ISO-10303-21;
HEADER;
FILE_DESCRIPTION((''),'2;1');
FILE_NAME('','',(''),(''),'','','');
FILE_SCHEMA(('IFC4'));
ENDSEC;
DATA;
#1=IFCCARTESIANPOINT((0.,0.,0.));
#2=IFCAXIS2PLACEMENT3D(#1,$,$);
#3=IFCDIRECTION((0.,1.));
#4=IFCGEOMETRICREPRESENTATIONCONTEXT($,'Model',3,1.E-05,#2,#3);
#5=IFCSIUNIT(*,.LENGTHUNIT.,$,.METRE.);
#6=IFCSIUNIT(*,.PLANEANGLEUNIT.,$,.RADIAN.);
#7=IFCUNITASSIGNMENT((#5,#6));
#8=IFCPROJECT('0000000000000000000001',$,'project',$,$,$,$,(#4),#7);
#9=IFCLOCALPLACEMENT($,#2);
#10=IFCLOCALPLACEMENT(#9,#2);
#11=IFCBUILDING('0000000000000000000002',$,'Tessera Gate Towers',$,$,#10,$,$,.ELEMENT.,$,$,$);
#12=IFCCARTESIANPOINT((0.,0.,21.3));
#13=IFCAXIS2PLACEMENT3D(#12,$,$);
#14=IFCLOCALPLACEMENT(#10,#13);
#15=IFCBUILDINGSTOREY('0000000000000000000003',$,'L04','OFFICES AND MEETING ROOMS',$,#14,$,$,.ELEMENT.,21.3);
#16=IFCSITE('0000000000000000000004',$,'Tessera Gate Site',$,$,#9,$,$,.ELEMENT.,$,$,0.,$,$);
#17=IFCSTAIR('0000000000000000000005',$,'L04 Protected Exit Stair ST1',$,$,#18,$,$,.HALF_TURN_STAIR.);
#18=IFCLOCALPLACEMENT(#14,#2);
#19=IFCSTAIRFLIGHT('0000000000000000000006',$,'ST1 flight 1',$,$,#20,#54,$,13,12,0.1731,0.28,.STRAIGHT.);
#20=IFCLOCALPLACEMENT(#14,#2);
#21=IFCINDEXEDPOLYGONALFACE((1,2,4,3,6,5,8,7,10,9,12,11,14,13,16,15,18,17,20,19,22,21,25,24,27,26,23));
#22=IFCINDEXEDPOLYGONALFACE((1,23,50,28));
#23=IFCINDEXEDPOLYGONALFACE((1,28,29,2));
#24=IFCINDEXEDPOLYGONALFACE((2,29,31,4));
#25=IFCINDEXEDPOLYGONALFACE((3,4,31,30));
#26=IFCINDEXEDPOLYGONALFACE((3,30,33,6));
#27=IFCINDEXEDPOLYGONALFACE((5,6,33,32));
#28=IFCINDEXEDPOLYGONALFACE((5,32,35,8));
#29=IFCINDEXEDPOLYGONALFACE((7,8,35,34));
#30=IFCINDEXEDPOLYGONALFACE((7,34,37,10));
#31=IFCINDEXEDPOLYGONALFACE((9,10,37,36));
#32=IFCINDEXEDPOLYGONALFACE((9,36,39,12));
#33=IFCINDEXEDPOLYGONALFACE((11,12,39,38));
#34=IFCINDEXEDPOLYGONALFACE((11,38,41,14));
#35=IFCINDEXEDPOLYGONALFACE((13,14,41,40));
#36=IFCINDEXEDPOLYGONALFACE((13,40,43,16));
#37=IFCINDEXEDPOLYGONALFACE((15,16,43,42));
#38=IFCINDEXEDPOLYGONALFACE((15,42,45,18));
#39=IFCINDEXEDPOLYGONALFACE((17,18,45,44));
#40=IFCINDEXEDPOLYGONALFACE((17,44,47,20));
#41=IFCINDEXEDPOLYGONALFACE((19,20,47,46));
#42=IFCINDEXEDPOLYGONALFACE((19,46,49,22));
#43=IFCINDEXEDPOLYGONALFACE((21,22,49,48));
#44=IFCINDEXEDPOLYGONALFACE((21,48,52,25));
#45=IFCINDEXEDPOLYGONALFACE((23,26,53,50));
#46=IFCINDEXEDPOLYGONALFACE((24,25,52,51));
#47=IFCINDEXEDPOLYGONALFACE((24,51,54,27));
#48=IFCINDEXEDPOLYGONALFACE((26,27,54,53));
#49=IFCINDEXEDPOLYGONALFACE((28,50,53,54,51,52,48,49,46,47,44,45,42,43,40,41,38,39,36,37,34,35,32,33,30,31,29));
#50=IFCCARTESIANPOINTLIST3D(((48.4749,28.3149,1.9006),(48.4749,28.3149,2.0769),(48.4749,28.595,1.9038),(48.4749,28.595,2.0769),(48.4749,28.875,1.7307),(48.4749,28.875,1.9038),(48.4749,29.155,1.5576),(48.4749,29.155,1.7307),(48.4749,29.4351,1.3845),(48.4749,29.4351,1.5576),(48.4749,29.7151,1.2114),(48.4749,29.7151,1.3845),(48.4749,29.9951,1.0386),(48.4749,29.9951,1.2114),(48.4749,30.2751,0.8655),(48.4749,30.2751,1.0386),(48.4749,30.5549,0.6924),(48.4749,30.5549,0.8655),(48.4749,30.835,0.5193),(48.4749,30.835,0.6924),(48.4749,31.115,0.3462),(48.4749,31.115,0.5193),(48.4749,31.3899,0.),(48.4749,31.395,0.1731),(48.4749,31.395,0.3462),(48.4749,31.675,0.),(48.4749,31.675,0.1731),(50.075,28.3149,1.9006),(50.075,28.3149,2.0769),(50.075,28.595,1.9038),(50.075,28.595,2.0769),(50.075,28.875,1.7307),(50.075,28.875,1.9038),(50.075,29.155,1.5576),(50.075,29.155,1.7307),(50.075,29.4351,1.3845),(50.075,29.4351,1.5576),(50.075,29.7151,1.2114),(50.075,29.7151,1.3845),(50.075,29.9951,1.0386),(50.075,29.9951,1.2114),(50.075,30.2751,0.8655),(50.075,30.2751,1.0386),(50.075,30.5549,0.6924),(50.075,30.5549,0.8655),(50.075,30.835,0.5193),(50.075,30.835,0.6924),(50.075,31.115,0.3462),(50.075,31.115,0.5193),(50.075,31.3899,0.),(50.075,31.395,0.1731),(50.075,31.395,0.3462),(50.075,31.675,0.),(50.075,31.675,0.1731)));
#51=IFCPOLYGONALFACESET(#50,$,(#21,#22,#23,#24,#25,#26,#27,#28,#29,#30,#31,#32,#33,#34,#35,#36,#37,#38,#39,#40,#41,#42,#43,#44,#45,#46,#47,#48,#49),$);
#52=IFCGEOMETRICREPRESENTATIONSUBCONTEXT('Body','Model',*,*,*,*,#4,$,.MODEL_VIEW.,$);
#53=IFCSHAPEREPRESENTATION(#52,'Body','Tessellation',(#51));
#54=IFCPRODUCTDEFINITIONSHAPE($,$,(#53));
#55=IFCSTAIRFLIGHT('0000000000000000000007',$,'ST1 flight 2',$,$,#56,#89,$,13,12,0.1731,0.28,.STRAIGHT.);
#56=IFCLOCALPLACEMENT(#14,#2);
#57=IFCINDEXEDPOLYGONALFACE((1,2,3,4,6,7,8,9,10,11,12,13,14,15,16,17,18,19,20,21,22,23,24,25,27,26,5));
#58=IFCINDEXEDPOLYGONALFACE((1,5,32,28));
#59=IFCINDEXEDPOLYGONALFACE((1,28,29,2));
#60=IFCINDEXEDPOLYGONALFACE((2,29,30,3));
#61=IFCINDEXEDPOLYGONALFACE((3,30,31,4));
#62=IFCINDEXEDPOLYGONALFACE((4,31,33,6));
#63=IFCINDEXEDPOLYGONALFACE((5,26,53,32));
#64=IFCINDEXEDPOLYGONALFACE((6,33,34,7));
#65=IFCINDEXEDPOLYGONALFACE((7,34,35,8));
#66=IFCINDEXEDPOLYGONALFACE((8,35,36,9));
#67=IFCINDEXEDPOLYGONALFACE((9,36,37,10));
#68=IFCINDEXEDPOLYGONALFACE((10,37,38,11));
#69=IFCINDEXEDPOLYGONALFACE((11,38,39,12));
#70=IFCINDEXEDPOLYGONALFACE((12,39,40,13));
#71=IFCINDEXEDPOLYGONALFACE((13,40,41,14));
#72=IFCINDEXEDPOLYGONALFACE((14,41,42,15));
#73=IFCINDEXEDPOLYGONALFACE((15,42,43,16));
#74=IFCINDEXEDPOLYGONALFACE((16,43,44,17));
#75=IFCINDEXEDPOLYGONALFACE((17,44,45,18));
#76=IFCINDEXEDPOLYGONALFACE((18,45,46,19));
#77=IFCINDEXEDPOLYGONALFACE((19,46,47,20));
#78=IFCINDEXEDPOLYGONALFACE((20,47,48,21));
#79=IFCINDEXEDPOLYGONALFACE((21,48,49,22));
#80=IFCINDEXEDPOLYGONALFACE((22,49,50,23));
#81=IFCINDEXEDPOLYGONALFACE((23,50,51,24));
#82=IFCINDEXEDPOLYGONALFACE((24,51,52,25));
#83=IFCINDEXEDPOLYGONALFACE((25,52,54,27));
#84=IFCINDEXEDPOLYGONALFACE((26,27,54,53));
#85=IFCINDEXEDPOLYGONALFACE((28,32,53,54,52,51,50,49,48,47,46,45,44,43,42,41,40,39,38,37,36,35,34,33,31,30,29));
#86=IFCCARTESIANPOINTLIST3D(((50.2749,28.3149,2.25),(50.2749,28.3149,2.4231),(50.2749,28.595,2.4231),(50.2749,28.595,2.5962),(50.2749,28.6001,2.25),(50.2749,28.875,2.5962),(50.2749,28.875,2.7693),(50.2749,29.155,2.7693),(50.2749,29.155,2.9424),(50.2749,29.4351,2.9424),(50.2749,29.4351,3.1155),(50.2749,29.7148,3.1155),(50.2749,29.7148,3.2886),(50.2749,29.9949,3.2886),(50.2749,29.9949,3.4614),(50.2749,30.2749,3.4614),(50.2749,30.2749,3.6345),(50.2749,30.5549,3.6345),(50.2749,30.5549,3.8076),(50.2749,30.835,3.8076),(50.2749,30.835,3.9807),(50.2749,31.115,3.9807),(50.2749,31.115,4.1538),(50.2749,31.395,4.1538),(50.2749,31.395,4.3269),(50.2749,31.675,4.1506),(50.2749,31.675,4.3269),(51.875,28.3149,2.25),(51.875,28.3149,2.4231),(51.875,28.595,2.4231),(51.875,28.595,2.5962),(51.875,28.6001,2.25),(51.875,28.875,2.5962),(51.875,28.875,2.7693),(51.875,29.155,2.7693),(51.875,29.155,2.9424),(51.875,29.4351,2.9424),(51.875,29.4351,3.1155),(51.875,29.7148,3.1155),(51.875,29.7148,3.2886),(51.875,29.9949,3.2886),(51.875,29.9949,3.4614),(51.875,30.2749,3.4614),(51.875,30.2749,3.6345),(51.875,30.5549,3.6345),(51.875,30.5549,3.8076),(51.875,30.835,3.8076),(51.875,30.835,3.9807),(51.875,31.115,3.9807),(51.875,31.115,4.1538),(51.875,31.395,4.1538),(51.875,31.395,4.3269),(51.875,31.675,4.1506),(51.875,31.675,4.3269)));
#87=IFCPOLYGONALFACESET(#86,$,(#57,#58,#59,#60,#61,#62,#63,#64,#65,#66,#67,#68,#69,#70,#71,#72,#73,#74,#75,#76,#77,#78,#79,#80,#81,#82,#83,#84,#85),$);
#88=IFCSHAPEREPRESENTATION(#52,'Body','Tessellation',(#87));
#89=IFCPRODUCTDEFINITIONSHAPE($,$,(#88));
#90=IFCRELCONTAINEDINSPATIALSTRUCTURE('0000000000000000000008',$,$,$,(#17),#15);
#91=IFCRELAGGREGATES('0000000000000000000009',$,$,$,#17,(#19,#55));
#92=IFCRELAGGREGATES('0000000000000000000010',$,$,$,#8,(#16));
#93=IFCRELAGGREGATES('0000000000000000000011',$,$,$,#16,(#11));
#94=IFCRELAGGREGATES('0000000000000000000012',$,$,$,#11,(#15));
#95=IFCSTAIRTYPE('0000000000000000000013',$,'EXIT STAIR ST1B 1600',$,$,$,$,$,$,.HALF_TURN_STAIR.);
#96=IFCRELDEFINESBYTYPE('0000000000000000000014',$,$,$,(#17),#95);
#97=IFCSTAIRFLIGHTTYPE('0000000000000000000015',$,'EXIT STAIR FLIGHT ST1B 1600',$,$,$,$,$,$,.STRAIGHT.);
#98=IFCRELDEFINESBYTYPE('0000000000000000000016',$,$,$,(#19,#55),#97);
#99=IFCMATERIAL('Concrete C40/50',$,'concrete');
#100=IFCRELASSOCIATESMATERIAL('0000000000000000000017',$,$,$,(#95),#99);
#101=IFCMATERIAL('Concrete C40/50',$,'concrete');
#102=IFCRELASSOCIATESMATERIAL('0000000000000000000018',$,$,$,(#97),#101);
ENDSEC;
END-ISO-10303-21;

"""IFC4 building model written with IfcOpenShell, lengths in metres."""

from ifc_helpers import new_model, si_unit, direction, frame, origin, place, context, subcontext, project, spatial, polyline, outline, extrude, material, type_object, element, aggregate, save


model = new_model("IFC4")

# Units and contexts
model_context = context("Model", 3, precision=1e-05, world=origin(), true_north=direction((0.0, 1.0)))
body_context = subcontext(model_context, "Body", "Model", "MODEL_VIEW")
ifc_project = project(units=[si_unit("LENGTHUNIT", "METRE"), si_unit("PLANEANGLEUNIT", "RADIAN")], contexts=[model_context])

# Site, building, storey
site_placement = place(None, origin())
site = spatial("IfcSite", under=ifc_project, at=site_placement, Name="Tessera Gate Site", CompositionType="ELEMENT", RefElevation=0.0)
building_placement = place(site_placement, origin())
building = spatial("IfcBuilding", under=site, at=building_placement, Name="Tessera Gate Towers", CompositionType="ELEMENT")
storey_placement = place(building_placement, frame((0.0, 0.0, 21.3)))
storey = spatial("IfcBuildingStorey", under=building, at=storey_placement, Name="L04", Description="OFFICES AND MEETING ROOMS", CompositionType="ELEMENT", Elevation=21.3)

# Stair, stair flights
ifc_material_1 = material(Name="Concrete C40/50", Category="concrete")
stair_type = type_object("IfcStairType", Name="EXIT STAIR ST1B 1600", PredefinedType="HALF_TURN_STAIR", material=ifc_material_1)
stair_placement = place(storey_placement, origin())
stair = element("IfcStair", 1, at=stair_placement, inside=storey, type_object=stair_type, Name="L04 Protected Exit Stair ST1", PredefinedType="HALF_TURN_STAIR")
ifc_material_2 = material(Name="Concrete C40/50", Category="concrete")
stair_flight_type = type_object("IfcStairFlightType", Name="EXIT STAIR FLIGHT ST1B 1600", PredefinedType="STRAIGHT", material=ifc_material_2)
stair_flight_1_placement = place(storey_placement, frame((49.2749, 31.675, 0.0), z_axis=(0.0, 0.0, 1.0), x_axis=(0.0, -1.0, 0.0)))
stair_flight_1 = element("IfcStairFlight", 2, at=stair_flight_1_placement, type_object=stair_flight_type, Name="ST1 flight 1", NumberOfRisers=13, NumberOfTreads=12, PredefinedType="STRAIGHT", RiserHeight=0.1731, TreadLength=0.28, context=body_context, shape_type="SweptSolid", body=[
    extrude(outline(polyline([(0.0, 0.0), (0.0, 0.1731), (0.28, 0.1731), (0.28, 0.3462), (0.5601, 0.3462), (0.5601, 0.5193), (0.8401, 0.5193), (0.8401, 0.6924), (1.1201, 0.6924), (1.1201, 0.8655), (1.3999, 0.8655), (1.3999, 1.0386), (1.6799, 1.0386), (1.6799, 1.2114), (1.96, 1.2114), (1.96, 1.3845), (2.24, 1.3845), (2.24, 1.5576), (2.52, 1.5576), (2.52, 1.7307), (2.8, 1.7307), (2.8, 1.9038), (3.0801, 1.9038), (3.0801, 2.0769), (3.3601, 2.0769), (3.3601, 2.25), (3.3601, 1.9006), (0.2852, 0.0), (0.0, 0.0)])), frame((0.0, 0.8, 0.0), z_axis=(0.0, -1.0, 0.0), x_axis=(1.0, 0.0, 0.0)), (0.0, 0.0, 1.0), 1.6001),
])
stair_flight_2_placement = place(storey_placement, frame((51.075, 28.3149, 2.25), z_axis=(0.0, 0.0, 1.0), x_axis=(0.0, 1.0, 0.0)))
stair_flight_2 = element("IfcStairFlight", 3, at=stair_flight_2_placement, type_object=stair_flight_type, Name="ST1 flight 2", NumberOfRisers=13, NumberOfTreads=12, PredefinedType="STRAIGHT", RiserHeight=0.1731, TreadLength=0.28, context=body_context, shape_type="SweptSolid", body=[
    extrude(outline(polyline([(0.0, 0.0), (0.0, 0.1731), (0.28, 0.1731), (0.28, 0.3462), (0.5601, 0.3462), (0.5601, 0.5193), (0.8401, 0.5193), (0.8401, 0.6924), (1.1201, 0.6924), (1.1201, 0.8655), (1.3999, 0.8655), (1.3999, 1.0386), (1.6799, 1.0386), (1.6799, 1.2114), (1.96, 1.2114), (1.96, 1.3845), (2.24, 1.3845), (2.24, 1.5576), (2.52, 1.5576), (2.52, 1.7307), (2.8, 1.7307), (2.8, 1.9038), (3.0801, 1.9038), (3.0801, 2.0769), (3.3601, 2.0769), (3.3601, 2.25), (3.3601, 1.9006), (0.2852, 0.0), (0.0, 0.0)])), frame((0.0, 0.8, 0.0), z_axis=(0.0, -1.0, 0.0), x_axis=(1.0, 0.0, 0.0)), (0.0, 0.0, 1.0), 1.6001),
])
aggregate(stair, [stair_flight_1, stair_flight_2])

save(model, "model.ifc")
